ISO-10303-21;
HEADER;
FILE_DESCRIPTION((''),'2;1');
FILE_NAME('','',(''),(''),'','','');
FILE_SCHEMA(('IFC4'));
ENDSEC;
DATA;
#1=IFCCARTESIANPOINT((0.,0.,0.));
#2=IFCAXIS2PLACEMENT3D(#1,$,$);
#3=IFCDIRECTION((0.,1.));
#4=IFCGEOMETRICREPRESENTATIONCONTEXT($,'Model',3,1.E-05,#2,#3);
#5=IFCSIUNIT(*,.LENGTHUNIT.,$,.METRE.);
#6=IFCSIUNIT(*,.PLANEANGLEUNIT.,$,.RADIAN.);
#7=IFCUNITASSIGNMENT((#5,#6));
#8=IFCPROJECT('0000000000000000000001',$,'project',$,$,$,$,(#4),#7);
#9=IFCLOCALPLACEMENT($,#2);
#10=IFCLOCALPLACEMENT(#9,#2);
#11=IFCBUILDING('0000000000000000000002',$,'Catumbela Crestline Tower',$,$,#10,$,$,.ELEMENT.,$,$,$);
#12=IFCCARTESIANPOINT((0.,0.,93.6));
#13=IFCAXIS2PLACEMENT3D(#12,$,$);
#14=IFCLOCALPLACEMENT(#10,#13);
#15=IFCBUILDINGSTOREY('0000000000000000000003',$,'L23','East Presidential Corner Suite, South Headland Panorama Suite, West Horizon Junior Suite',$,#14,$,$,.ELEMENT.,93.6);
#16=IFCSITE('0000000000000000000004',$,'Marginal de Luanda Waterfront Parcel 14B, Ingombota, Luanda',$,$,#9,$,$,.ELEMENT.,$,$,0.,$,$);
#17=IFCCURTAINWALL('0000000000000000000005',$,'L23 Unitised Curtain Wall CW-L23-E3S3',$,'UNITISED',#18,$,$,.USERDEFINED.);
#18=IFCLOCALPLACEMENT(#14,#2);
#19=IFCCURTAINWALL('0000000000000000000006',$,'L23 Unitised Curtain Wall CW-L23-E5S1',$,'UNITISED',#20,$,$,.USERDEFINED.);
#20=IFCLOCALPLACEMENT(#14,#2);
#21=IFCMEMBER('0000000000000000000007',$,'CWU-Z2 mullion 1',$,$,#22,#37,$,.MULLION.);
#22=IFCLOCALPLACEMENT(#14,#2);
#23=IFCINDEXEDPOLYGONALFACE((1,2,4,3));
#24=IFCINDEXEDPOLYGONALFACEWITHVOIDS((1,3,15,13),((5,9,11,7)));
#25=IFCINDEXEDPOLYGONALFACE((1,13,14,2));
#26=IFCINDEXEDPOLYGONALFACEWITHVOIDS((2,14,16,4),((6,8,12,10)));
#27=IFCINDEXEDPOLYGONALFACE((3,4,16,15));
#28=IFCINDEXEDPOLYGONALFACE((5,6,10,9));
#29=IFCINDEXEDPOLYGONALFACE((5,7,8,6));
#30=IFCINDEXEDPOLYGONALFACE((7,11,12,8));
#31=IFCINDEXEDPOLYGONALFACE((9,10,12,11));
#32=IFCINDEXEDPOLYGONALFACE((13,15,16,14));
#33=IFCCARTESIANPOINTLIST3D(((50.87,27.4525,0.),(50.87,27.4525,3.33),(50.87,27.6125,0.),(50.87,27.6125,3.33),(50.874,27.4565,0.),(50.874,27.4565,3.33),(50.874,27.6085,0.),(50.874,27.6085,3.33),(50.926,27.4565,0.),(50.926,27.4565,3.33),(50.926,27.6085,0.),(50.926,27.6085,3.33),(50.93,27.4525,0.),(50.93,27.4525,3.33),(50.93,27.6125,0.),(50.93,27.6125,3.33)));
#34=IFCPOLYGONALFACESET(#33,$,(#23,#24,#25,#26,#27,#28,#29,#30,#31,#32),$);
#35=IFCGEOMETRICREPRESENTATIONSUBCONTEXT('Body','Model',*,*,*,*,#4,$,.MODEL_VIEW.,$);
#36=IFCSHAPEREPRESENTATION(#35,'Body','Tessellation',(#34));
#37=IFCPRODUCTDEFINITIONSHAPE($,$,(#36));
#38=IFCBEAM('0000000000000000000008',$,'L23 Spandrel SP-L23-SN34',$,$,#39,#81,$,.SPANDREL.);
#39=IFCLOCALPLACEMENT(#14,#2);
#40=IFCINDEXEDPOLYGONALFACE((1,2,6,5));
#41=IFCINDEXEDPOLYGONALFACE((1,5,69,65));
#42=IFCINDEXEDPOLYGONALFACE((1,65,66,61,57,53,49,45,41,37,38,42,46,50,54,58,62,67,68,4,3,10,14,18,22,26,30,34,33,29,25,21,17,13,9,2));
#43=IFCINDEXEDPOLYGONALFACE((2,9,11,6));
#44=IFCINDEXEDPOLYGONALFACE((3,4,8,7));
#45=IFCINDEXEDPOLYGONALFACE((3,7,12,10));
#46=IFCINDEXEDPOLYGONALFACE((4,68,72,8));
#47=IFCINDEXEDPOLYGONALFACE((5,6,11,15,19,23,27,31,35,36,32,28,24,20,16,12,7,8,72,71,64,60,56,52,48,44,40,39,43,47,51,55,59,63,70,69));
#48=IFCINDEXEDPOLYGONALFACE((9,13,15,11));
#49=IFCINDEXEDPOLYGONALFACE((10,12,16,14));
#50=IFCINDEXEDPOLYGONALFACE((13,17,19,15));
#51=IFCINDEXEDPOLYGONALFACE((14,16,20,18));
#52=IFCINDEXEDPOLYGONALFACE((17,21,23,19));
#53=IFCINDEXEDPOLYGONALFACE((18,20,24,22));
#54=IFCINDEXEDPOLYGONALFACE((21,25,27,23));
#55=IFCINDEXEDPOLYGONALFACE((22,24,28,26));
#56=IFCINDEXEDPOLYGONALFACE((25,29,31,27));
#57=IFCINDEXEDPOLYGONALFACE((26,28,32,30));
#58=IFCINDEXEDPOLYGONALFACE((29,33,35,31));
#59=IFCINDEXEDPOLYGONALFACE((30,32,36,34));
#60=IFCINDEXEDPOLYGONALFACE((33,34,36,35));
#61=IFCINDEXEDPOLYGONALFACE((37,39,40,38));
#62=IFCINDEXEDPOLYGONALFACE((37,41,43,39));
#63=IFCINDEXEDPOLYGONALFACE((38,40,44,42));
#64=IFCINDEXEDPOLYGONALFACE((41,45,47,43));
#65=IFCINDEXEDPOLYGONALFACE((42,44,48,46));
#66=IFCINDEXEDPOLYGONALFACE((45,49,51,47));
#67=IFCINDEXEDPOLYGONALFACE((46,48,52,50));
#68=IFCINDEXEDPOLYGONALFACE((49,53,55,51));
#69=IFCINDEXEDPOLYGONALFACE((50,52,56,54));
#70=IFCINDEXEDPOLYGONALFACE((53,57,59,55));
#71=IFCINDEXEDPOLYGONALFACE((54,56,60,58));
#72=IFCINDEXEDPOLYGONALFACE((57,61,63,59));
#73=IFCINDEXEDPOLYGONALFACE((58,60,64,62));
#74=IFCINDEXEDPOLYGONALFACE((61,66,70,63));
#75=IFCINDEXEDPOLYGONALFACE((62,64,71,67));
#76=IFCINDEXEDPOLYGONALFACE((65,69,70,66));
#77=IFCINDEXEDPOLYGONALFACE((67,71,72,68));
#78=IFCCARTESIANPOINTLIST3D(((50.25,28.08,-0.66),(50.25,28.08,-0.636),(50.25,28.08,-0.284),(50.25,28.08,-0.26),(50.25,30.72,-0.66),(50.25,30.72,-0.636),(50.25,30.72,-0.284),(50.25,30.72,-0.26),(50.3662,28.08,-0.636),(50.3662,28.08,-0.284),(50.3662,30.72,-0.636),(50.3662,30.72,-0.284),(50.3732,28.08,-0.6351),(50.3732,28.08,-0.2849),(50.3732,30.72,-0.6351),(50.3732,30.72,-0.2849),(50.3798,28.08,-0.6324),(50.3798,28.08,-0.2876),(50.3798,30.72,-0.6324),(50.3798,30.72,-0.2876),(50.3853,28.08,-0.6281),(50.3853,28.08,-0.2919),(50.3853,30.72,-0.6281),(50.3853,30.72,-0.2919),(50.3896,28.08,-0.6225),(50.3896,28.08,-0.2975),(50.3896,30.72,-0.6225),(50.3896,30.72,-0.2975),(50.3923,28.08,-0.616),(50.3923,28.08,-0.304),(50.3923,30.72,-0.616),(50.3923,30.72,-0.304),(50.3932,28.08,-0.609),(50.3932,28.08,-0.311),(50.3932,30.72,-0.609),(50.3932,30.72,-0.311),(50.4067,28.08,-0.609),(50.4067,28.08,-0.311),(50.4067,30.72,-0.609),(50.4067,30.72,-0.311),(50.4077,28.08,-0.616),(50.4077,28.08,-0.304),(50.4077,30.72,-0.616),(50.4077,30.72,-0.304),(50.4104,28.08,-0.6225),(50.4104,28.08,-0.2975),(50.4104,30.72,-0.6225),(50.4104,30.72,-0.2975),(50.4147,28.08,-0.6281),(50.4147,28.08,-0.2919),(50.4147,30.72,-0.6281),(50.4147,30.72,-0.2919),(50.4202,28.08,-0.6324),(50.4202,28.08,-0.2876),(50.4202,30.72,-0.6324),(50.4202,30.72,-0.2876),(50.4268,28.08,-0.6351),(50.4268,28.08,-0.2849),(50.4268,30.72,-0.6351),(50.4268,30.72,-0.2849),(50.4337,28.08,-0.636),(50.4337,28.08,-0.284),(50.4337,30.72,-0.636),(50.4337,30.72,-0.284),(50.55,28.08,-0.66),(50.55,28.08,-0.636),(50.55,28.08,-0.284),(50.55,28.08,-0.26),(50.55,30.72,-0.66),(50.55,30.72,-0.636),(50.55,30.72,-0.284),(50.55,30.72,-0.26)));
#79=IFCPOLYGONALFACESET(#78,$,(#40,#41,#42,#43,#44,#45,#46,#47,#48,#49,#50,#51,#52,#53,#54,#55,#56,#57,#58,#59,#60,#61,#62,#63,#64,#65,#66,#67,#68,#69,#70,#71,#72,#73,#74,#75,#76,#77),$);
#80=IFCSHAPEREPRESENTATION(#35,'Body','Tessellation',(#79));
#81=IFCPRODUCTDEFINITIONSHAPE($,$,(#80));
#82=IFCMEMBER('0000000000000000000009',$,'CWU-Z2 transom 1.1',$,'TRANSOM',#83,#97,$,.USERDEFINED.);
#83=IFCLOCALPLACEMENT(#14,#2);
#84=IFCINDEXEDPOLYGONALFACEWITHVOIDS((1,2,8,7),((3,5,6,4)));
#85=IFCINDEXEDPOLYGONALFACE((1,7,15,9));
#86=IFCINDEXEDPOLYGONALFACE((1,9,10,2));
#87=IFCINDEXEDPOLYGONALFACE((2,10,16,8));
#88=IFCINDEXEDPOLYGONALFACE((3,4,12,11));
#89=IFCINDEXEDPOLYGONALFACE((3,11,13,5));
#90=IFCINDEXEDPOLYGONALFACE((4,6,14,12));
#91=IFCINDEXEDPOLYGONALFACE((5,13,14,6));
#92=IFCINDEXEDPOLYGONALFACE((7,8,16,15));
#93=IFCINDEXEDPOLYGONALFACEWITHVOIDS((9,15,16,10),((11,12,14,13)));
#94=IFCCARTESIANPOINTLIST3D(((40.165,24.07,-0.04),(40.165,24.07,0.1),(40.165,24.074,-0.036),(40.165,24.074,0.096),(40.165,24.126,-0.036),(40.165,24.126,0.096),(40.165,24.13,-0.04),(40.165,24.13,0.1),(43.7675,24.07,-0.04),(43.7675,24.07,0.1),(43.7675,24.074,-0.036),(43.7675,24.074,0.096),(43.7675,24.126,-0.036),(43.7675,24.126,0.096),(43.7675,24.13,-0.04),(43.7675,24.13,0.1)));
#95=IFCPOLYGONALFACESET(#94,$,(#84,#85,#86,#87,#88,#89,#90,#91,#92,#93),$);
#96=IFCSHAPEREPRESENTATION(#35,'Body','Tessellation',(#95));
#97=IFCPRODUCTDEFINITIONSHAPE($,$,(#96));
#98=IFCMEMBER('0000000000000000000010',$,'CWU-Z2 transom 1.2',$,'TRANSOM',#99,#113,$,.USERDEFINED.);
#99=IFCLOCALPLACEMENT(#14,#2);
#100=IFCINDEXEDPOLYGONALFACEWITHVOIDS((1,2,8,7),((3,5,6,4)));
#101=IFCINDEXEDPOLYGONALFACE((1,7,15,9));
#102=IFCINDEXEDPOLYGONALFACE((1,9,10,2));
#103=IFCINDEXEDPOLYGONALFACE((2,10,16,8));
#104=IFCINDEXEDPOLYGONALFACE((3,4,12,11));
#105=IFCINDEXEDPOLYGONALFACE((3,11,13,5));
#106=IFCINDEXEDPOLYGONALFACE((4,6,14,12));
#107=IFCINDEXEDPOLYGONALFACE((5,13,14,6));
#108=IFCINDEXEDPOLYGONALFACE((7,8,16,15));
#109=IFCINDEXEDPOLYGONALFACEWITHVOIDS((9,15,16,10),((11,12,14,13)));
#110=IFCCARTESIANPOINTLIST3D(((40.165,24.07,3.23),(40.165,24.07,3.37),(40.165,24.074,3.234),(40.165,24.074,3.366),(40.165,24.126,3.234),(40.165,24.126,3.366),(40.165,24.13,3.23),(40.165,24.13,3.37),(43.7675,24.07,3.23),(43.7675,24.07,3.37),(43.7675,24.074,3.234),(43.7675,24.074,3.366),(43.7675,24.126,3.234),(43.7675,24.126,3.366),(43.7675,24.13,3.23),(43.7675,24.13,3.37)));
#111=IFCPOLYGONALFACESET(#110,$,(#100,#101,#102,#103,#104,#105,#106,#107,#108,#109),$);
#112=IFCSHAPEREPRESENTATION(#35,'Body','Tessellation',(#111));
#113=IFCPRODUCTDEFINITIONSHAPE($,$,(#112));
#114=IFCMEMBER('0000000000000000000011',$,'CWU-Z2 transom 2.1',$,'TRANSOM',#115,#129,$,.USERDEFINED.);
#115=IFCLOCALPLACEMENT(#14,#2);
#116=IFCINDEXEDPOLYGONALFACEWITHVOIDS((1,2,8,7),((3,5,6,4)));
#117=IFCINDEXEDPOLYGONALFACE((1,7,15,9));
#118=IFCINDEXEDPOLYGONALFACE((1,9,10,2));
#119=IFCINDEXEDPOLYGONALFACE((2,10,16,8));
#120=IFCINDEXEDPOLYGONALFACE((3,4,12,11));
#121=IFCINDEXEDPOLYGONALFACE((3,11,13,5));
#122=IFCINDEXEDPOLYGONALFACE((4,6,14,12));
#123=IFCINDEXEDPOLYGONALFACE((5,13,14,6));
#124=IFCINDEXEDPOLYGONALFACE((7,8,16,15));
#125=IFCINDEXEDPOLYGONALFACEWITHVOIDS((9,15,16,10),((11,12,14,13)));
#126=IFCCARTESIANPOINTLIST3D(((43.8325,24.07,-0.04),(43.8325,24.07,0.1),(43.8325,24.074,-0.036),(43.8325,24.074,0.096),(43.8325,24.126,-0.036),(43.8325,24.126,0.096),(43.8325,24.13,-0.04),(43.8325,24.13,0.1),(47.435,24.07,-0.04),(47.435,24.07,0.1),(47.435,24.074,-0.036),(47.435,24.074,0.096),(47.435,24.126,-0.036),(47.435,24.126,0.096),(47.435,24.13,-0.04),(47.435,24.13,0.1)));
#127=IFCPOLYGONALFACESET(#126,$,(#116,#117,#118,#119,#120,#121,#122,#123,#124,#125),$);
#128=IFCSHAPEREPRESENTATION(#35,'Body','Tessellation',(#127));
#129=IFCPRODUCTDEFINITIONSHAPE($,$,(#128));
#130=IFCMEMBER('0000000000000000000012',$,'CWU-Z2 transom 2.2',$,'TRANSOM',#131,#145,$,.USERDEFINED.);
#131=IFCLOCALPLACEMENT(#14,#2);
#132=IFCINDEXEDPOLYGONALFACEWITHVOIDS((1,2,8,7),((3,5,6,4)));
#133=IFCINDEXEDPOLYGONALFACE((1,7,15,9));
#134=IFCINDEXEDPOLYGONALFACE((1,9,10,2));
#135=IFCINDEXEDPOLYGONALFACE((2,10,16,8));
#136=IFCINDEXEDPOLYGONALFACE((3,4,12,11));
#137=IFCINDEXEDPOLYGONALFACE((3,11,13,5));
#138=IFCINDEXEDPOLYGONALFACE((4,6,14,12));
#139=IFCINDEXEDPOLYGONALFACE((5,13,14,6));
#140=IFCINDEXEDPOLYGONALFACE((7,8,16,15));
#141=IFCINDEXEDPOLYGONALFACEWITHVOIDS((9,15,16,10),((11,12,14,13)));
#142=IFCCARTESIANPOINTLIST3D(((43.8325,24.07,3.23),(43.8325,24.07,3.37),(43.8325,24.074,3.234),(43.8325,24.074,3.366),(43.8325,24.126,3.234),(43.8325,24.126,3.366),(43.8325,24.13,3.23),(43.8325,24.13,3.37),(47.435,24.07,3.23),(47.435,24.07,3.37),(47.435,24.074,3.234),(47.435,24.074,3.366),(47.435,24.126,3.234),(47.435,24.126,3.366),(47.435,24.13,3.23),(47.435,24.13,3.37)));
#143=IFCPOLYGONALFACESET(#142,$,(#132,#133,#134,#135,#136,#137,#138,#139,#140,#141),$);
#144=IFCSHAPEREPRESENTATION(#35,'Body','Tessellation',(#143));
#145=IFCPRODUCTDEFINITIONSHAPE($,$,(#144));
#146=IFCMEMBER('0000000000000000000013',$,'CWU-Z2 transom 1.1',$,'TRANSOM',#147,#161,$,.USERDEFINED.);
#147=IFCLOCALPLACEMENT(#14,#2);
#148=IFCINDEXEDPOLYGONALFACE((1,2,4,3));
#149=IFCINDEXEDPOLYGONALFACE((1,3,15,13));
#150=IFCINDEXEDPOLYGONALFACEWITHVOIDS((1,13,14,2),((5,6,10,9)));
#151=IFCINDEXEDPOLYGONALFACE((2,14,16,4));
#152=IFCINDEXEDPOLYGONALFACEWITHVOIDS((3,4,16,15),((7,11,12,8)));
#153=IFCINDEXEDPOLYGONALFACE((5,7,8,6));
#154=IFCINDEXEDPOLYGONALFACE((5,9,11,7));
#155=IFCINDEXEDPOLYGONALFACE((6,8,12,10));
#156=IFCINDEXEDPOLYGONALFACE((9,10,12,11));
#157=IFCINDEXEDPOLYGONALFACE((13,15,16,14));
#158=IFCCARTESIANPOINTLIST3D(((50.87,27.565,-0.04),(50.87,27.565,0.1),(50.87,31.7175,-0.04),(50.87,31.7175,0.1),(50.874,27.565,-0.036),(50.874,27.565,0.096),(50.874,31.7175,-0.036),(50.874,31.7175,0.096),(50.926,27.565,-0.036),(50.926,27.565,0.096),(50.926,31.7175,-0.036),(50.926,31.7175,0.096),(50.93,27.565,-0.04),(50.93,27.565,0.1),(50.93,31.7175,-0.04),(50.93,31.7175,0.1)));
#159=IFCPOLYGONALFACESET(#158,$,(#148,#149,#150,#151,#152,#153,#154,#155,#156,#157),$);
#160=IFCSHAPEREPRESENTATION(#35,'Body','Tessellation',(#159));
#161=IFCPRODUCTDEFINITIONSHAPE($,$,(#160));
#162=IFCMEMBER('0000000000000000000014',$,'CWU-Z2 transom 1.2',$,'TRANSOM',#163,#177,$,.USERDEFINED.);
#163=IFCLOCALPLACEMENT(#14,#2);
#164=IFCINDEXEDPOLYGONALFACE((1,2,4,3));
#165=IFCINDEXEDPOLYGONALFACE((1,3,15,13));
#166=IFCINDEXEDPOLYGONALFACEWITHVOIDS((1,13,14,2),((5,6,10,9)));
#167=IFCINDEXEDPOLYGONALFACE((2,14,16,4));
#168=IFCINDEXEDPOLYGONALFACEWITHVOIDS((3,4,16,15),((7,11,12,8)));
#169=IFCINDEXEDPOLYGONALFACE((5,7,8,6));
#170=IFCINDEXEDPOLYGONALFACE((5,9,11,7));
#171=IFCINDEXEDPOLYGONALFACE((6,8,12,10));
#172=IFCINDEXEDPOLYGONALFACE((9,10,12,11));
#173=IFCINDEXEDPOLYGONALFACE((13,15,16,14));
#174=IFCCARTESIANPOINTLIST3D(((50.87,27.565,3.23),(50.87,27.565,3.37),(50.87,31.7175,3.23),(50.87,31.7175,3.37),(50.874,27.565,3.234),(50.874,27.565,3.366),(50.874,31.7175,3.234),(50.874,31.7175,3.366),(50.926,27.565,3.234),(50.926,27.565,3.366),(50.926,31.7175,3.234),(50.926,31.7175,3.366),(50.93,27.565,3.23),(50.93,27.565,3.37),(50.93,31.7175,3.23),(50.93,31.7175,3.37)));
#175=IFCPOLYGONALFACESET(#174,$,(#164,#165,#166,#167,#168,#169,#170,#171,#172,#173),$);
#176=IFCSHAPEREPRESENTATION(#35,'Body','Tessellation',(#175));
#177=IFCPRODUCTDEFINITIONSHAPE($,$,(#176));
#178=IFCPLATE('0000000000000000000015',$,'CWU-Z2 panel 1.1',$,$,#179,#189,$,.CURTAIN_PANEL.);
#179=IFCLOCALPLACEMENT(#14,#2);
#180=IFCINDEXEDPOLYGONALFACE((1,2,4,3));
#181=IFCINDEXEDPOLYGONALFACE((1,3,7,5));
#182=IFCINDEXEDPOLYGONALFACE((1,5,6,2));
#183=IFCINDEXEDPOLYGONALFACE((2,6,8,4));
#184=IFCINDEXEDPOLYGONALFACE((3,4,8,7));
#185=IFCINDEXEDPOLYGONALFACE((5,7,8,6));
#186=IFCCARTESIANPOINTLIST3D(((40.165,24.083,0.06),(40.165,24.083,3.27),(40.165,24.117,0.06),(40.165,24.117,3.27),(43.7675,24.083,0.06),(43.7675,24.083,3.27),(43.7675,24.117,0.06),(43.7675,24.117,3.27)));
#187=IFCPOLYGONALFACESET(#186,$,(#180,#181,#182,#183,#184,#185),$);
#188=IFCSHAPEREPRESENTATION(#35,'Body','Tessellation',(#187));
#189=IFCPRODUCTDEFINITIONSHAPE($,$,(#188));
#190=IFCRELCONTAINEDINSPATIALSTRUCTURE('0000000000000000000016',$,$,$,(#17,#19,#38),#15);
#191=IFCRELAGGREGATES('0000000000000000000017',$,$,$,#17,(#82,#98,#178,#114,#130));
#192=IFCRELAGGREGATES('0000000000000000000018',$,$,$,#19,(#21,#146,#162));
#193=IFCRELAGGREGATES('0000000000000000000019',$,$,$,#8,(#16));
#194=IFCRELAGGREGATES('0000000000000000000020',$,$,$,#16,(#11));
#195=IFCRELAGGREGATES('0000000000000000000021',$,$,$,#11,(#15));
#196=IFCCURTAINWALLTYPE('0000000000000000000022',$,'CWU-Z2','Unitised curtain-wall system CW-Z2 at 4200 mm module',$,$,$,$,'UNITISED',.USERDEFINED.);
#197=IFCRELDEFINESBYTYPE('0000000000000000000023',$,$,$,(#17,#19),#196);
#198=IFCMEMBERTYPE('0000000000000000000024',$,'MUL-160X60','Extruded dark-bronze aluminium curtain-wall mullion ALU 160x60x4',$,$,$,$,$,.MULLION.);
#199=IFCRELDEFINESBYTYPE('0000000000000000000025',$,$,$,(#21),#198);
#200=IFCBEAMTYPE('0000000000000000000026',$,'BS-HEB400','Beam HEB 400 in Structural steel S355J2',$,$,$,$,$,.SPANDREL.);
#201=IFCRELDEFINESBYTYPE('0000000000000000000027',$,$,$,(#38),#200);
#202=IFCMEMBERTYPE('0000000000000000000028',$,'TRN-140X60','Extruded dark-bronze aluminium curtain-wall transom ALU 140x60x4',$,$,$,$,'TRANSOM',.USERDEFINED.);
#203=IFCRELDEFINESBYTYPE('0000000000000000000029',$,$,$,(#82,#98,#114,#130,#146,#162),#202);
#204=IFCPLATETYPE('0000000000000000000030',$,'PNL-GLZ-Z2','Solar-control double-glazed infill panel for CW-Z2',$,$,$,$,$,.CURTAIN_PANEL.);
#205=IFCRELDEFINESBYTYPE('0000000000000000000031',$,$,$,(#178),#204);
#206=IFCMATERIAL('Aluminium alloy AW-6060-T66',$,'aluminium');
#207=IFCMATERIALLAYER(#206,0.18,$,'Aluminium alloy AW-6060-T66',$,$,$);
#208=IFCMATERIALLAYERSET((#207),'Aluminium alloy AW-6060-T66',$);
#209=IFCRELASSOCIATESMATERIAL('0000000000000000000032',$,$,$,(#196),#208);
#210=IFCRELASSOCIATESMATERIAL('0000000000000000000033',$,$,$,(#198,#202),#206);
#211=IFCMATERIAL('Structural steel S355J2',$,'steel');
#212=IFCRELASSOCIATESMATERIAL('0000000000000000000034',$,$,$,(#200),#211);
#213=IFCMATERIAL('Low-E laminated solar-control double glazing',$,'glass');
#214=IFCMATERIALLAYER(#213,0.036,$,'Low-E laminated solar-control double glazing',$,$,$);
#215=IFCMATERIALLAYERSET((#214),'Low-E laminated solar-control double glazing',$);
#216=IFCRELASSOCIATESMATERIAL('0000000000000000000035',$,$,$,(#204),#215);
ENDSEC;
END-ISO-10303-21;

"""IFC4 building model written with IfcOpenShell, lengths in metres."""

from ifc_helpers import new_model, si_unit, direction, frame, origin, origin_2d, place, context, subcontext, project, spatial, rectangle, hollow_rectangle, i_section, extrude, material, layer, layer_set, material_profile, profile_set, type_object, element, aggregate, save


model = new_model("IFC4")

# Units and contexts
model_context = context("Model", 3, precision=1e-05, world=origin(), true_north=direction((0.0, 1.0)))
body_context = subcontext(model_context, "Body", "Model", "MODEL_VIEW")
ifc_project = project(units=[si_unit("LENGTHUNIT", "METRE"), si_unit("PLANEANGLEUNIT", "RADIAN")], contexts=[model_context])

# Site, building, storey
site_placement = place(None, origin())
site = spatial("IfcSite", under=ifc_project, at=site_placement, Name="Marginal de Luanda Waterfront Parcel 14B, Ingombota, Luanda", CompositionType="ELEMENT", RefElevation=0.0)
building_placement = place(site_placement, origin())
building = spatial("IfcBuilding", under=site, at=building_placement, Name="Catumbela Crestline Tower", CompositionType="ELEMENT")
storey_placement = place(building_placement, frame((0.0, 0.0, 93.6)))
storey = spatial("IfcBuildingStorey", under=building, at=storey_placement, Name="L23", Description="East Presidential Corner Suite, South Headland Panorama Suite, West Horizon Junior Suite", CompositionType="ELEMENT", Elevation=93.6)

# Shared definitions
ifc_material_1 = material(Name="Structural steel S355J2", Category="steel")

# Curtain wall
ifc_material_2 = material(Name="Aluminium alloy AW-6060-T66", Category="aluminium")
ifc_layer_1 = layer(ifc_material_2, 0.18, Name="Aluminium alloy AW-6060-T66")
ifc_layer_set_1 = layer_set([ifc_layer_1], Name="Aluminium alloy AW-6060-T66")
curtain_wall_type = type_object("IfcCurtainWallType", Name="CWU-Z2", Description="Unitised curtain-wall system CW-Z2 at 4200 mm module", ElementType="UNITISED", PredefinedType="USERDEFINED", material=ifc_layer_set_1)
curtain_wall_1_placement = place(storey_placement, origin())
curtain_wall_1 = element("IfcCurtainWall", 1, at=curtain_wall_1_placement, inside=storey, type_object=curtain_wall_type, Name="L23 Unitised Curtain Wall CW-L23-E3S3", ObjectType="UNITISED", PredefinedType="USERDEFINED")
ifc_material_profile_1 = material_profile(ifc_material_2, hollow_rectangle(XDim=0.06, YDim=0.16, WallThickness=0.004, at=origin_2d()), Name="ALU 160x60x4")
ifc_profile_set_1 = profile_set([ifc_material_profile_1], Name="Aluminium alloy AW-6060-T66")
member_type_1 = type_object("IfcMemberType", Name="MUL-160X60", Description="Extruded dark-bronze aluminium curtain-wall mullion ALU 160x60x4", PredefinedType="MULLION", material=ifc_profile_set_1)

# Curtain wall, member
curtain_wall_2_placement = place(storey_placement, origin())
curtain_wall_2 = element("IfcCurtainWall", 2, at=curtain_wall_2_placement, inside=storey, type_object=curtain_wall_type, Name="L23 Unitised Curtain Wall CW-L23-E5S1", ObjectType="UNITISED", PredefinedType="USERDEFINED")
member_1_placement = place(storey_placement, frame((50.9, 27.5325, 0.0), z_axis=(0.0, 0.0, 1.0), x_axis=(-1.0, 0.0, 0.0)))
member_1 = element("IfcMember", 3, at=member_1_placement, type_object=member_type_1, Name="CWU-Z2 mullion 1", PredefinedType="MULLION", context=body_context, shape_type="SweptSolid", body=[
    extrude(hollow_rectangle(XDim=0.06, YDim=0.16, WallThickness=0.004, at=origin_2d()), origin(), (0.0, 0.0, 1.0), 3.33),
])

# Beam
ifc_material_profile_2 = material_profile(ifc_material_1, i_section(OverallWidth=0.3, OverallDepth=0.4, WebThickness=0.0135, FlangeThickness=0.024, FilletRadius=0.027, at=origin_2d()), Name="HEB 400")
ifc_profile_set_2 = profile_set([ifc_material_profile_2], Name="Structural steel S355J2")
beam_type_1 = type_object("IfcBeamType", Name="BS-HEB400", Description="Beam HEB 400 in Structural steel S355J2", PredefinedType="SPANDREL", material=ifc_profile_set_2)
beam_1_placement = place(storey_placement, frame((50.4, 28.08, -0.46), z_axis=(0.0, 1.0, 0.0), x_axis=(-1.0, 0.0, 0.0)))
element("IfcBeam", 4, at=beam_1_placement, inside=storey, type_object=beam_type_1, Name="L23 Spandrel SP-L23-SN34", PredefinedType="SPANDREL", context=body_context, shape_type="SweptSolid", body=[
    extrude(i_section(OverallWidth=0.3, OverallDepth=0.4, WebThickness=0.0135, FlangeThickness=0.024, FilletRadius=0.027, at=origin_2d()), origin(), (0.0, 0.0, 1.0), 2.64),
])

# Members
ifc_material_profile_3 = material_profile(ifc_material_2, hollow_rectangle(XDim=0.06, YDim=0.14, WallThickness=0.004, at=origin_2d()), Name="ALU 140x60x4")
ifc_profile_set_3 = profile_set([ifc_material_profile_3], Name="Aluminium alloy AW-6060-T66")
member_type_2 = type_object("IfcMemberType", Name="TRN-140X60", Description="Extruded dark-bronze aluminium curtain-wall transom ALU 140x60x4", ElementType="TRANSOM", PredefinedType="USERDEFINED", material=ifc_profile_set_3)
member_2_placement = place(storey_placement, frame((40.165, 24.1, 0.03), z_axis=(1.0, 0.0, 0.0), x_axis=(0.0, 1.0, 0.0)))
member_2 = element("IfcMember", 5, at=member_2_placement, type_object=member_type_2, Name="CWU-Z2 transom 1.1", ObjectType="TRANSOM", PredefinedType="USERDEFINED", context=body_context, shape_type="SweptSolid", body=[
    extrude(hollow_rectangle(XDim=0.06, YDim=0.14, WallThickness=0.004, at=origin_2d()), origin(), (0.0, 0.0, 1.0), 3.6025),
])
member_3_placement = place(storey_placement, frame((40.165, 24.1, 3.3), z_axis=(1.0, 0.0, 0.0), x_axis=(0.0, 1.0, 0.0)))
member_3 = element("IfcMember", 6, at=member_3_placement, type_object=member_type_2, Name="CWU-Z2 transom 1.2", ObjectType="TRANSOM", PredefinedType="USERDEFINED", context=body_context, shape_type="SweptSolid", body=[
    extrude(hollow_rectangle(XDim=0.06, YDim=0.14, WallThickness=0.004, at=origin_2d()), origin(), (0.0, 0.0, 1.0), 3.6025),
])
member_4_placement = place(storey_placement, frame((43.8325, 24.1, 0.03), z_axis=(1.0, 0.0, 0.0), x_axis=(0.0, 1.0, 0.0)))
member_4 = element("IfcMember", 7, at=member_4_placement, type_object=member_type_2, Name="CWU-Z2 transom 2.1", ObjectType="TRANSOM", PredefinedType="USERDEFINED", context=body_context, shape_type="SweptSolid", body=[
    extrude(hollow_rectangle(XDim=0.06, YDim=0.14, WallThickness=0.004, at=origin_2d()), origin(), (0.0, 0.0, 1.0), 3.6025),
])
member_5_placement = place(storey_placement, frame((43.8325, 24.1, 3.3), z_axis=(1.0, 0.0, 0.0), x_axis=(0.0, 1.0, 0.0)))
member_5 = element("IfcMember", 8, at=member_5_placement, type_object=member_type_2, Name="CWU-Z2 transom 2.2", ObjectType="TRANSOM", PredefinedType="USERDEFINED", context=body_context, shape_type="SweptSolid", body=[
    extrude(hollow_rectangle(XDim=0.06, YDim=0.14, WallThickness=0.004, at=origin_2d()), origin(), (0.0, 0.0, 1.0), 3.6025),
])
member_6_placement = place(storey_placement, frame((50.9, 27.565, 0.03), z_axis=(0.0, 1.0, 0.0), x_axis=(-1.0, 0.0, 0.0)))
member_6 = element("IfcMember", 9, at=member_6_placement, type_object=member_type_2, Name="CWU-Z2 transom 1.1", ObjectType="TRANSOM", PredefinedType="USERDEFINED", context=body_context, shape_type="SweptSolid", body=[
    extrude(hollow_rectangle(XDim=0.06, YDim=0.14, WallThickness=0.004, at=origin_2d()), origin(), (0.0, 0.0, 1.0), 4.1525),
])
member_7_placement = place(storey_placement, frame((50.9, 27.565, 3.3), z_axis=(0.0, 1.0, 0.0), x_axis=(-1.0, 0.0, 0.0)))
member_7 = element("IfcMember", 10, at=member_7_placement, type_object=member_type_2, Name="CWU-Z2 transom 1.2", ObjectType="TRANSOM", PredefinedType="USERDEFINED", context=body_context, shape_type="SweptSolid", body=[
    extrude(hollow_rectangle(XDim=0.06, YDim=0.14, WallThickness=0.004, at=origin_2d()), origin(), (0.0, 0.0, 1.0), 4.1525),
])

# Plate
ifc_material_3 = material(Name="Low-E laminated solar-control double glazing", Category="glass")
ifc_layer_2 = layer(ifc_material_3, 0.036, Name="Low-E laminated solar-control double glazing")
ifc_layer_set_2 = layer_set([ifc_layer_2], Name="Low-E laminated solar-control double glazing")
plate_type = type_object("IfcPlateType", Name="PNL-GLZ-Z2", Description="Solar-control double-glazed infill panel for CW-Z2", PredefinedType="CURTAIN_PANEL", material=ifc_layer_set_2)
plate_1_placement = place(storey_placement, frame((41.9662, 24.1, 0.06), z_axis=(0.0, 0.0, 1.0), x_axis=(1.0, 0.0, 0.0)))
plate_1 = element("IfcPlate", 11, at=plate_1_placement, type_object=plate_type, Name="CWU-Z2 panel 1.1", PredefinedType="CURTAIN_PANEL", context=body_context, shape_type="SweptSolid", body=[
    extrude(rectangle(XDim=3.6025, YDim=0.034, at=origin_2d()), origin(), (0.0, 0.0, 1.0), 3.21),
])
aggregate(curtain_wall_1, [member_2, member_3, plate_1, member_4, member_5])
aggregate(curtain_wall_2, [member_1, member_6, member_7])

save(model, "model.ifc")
